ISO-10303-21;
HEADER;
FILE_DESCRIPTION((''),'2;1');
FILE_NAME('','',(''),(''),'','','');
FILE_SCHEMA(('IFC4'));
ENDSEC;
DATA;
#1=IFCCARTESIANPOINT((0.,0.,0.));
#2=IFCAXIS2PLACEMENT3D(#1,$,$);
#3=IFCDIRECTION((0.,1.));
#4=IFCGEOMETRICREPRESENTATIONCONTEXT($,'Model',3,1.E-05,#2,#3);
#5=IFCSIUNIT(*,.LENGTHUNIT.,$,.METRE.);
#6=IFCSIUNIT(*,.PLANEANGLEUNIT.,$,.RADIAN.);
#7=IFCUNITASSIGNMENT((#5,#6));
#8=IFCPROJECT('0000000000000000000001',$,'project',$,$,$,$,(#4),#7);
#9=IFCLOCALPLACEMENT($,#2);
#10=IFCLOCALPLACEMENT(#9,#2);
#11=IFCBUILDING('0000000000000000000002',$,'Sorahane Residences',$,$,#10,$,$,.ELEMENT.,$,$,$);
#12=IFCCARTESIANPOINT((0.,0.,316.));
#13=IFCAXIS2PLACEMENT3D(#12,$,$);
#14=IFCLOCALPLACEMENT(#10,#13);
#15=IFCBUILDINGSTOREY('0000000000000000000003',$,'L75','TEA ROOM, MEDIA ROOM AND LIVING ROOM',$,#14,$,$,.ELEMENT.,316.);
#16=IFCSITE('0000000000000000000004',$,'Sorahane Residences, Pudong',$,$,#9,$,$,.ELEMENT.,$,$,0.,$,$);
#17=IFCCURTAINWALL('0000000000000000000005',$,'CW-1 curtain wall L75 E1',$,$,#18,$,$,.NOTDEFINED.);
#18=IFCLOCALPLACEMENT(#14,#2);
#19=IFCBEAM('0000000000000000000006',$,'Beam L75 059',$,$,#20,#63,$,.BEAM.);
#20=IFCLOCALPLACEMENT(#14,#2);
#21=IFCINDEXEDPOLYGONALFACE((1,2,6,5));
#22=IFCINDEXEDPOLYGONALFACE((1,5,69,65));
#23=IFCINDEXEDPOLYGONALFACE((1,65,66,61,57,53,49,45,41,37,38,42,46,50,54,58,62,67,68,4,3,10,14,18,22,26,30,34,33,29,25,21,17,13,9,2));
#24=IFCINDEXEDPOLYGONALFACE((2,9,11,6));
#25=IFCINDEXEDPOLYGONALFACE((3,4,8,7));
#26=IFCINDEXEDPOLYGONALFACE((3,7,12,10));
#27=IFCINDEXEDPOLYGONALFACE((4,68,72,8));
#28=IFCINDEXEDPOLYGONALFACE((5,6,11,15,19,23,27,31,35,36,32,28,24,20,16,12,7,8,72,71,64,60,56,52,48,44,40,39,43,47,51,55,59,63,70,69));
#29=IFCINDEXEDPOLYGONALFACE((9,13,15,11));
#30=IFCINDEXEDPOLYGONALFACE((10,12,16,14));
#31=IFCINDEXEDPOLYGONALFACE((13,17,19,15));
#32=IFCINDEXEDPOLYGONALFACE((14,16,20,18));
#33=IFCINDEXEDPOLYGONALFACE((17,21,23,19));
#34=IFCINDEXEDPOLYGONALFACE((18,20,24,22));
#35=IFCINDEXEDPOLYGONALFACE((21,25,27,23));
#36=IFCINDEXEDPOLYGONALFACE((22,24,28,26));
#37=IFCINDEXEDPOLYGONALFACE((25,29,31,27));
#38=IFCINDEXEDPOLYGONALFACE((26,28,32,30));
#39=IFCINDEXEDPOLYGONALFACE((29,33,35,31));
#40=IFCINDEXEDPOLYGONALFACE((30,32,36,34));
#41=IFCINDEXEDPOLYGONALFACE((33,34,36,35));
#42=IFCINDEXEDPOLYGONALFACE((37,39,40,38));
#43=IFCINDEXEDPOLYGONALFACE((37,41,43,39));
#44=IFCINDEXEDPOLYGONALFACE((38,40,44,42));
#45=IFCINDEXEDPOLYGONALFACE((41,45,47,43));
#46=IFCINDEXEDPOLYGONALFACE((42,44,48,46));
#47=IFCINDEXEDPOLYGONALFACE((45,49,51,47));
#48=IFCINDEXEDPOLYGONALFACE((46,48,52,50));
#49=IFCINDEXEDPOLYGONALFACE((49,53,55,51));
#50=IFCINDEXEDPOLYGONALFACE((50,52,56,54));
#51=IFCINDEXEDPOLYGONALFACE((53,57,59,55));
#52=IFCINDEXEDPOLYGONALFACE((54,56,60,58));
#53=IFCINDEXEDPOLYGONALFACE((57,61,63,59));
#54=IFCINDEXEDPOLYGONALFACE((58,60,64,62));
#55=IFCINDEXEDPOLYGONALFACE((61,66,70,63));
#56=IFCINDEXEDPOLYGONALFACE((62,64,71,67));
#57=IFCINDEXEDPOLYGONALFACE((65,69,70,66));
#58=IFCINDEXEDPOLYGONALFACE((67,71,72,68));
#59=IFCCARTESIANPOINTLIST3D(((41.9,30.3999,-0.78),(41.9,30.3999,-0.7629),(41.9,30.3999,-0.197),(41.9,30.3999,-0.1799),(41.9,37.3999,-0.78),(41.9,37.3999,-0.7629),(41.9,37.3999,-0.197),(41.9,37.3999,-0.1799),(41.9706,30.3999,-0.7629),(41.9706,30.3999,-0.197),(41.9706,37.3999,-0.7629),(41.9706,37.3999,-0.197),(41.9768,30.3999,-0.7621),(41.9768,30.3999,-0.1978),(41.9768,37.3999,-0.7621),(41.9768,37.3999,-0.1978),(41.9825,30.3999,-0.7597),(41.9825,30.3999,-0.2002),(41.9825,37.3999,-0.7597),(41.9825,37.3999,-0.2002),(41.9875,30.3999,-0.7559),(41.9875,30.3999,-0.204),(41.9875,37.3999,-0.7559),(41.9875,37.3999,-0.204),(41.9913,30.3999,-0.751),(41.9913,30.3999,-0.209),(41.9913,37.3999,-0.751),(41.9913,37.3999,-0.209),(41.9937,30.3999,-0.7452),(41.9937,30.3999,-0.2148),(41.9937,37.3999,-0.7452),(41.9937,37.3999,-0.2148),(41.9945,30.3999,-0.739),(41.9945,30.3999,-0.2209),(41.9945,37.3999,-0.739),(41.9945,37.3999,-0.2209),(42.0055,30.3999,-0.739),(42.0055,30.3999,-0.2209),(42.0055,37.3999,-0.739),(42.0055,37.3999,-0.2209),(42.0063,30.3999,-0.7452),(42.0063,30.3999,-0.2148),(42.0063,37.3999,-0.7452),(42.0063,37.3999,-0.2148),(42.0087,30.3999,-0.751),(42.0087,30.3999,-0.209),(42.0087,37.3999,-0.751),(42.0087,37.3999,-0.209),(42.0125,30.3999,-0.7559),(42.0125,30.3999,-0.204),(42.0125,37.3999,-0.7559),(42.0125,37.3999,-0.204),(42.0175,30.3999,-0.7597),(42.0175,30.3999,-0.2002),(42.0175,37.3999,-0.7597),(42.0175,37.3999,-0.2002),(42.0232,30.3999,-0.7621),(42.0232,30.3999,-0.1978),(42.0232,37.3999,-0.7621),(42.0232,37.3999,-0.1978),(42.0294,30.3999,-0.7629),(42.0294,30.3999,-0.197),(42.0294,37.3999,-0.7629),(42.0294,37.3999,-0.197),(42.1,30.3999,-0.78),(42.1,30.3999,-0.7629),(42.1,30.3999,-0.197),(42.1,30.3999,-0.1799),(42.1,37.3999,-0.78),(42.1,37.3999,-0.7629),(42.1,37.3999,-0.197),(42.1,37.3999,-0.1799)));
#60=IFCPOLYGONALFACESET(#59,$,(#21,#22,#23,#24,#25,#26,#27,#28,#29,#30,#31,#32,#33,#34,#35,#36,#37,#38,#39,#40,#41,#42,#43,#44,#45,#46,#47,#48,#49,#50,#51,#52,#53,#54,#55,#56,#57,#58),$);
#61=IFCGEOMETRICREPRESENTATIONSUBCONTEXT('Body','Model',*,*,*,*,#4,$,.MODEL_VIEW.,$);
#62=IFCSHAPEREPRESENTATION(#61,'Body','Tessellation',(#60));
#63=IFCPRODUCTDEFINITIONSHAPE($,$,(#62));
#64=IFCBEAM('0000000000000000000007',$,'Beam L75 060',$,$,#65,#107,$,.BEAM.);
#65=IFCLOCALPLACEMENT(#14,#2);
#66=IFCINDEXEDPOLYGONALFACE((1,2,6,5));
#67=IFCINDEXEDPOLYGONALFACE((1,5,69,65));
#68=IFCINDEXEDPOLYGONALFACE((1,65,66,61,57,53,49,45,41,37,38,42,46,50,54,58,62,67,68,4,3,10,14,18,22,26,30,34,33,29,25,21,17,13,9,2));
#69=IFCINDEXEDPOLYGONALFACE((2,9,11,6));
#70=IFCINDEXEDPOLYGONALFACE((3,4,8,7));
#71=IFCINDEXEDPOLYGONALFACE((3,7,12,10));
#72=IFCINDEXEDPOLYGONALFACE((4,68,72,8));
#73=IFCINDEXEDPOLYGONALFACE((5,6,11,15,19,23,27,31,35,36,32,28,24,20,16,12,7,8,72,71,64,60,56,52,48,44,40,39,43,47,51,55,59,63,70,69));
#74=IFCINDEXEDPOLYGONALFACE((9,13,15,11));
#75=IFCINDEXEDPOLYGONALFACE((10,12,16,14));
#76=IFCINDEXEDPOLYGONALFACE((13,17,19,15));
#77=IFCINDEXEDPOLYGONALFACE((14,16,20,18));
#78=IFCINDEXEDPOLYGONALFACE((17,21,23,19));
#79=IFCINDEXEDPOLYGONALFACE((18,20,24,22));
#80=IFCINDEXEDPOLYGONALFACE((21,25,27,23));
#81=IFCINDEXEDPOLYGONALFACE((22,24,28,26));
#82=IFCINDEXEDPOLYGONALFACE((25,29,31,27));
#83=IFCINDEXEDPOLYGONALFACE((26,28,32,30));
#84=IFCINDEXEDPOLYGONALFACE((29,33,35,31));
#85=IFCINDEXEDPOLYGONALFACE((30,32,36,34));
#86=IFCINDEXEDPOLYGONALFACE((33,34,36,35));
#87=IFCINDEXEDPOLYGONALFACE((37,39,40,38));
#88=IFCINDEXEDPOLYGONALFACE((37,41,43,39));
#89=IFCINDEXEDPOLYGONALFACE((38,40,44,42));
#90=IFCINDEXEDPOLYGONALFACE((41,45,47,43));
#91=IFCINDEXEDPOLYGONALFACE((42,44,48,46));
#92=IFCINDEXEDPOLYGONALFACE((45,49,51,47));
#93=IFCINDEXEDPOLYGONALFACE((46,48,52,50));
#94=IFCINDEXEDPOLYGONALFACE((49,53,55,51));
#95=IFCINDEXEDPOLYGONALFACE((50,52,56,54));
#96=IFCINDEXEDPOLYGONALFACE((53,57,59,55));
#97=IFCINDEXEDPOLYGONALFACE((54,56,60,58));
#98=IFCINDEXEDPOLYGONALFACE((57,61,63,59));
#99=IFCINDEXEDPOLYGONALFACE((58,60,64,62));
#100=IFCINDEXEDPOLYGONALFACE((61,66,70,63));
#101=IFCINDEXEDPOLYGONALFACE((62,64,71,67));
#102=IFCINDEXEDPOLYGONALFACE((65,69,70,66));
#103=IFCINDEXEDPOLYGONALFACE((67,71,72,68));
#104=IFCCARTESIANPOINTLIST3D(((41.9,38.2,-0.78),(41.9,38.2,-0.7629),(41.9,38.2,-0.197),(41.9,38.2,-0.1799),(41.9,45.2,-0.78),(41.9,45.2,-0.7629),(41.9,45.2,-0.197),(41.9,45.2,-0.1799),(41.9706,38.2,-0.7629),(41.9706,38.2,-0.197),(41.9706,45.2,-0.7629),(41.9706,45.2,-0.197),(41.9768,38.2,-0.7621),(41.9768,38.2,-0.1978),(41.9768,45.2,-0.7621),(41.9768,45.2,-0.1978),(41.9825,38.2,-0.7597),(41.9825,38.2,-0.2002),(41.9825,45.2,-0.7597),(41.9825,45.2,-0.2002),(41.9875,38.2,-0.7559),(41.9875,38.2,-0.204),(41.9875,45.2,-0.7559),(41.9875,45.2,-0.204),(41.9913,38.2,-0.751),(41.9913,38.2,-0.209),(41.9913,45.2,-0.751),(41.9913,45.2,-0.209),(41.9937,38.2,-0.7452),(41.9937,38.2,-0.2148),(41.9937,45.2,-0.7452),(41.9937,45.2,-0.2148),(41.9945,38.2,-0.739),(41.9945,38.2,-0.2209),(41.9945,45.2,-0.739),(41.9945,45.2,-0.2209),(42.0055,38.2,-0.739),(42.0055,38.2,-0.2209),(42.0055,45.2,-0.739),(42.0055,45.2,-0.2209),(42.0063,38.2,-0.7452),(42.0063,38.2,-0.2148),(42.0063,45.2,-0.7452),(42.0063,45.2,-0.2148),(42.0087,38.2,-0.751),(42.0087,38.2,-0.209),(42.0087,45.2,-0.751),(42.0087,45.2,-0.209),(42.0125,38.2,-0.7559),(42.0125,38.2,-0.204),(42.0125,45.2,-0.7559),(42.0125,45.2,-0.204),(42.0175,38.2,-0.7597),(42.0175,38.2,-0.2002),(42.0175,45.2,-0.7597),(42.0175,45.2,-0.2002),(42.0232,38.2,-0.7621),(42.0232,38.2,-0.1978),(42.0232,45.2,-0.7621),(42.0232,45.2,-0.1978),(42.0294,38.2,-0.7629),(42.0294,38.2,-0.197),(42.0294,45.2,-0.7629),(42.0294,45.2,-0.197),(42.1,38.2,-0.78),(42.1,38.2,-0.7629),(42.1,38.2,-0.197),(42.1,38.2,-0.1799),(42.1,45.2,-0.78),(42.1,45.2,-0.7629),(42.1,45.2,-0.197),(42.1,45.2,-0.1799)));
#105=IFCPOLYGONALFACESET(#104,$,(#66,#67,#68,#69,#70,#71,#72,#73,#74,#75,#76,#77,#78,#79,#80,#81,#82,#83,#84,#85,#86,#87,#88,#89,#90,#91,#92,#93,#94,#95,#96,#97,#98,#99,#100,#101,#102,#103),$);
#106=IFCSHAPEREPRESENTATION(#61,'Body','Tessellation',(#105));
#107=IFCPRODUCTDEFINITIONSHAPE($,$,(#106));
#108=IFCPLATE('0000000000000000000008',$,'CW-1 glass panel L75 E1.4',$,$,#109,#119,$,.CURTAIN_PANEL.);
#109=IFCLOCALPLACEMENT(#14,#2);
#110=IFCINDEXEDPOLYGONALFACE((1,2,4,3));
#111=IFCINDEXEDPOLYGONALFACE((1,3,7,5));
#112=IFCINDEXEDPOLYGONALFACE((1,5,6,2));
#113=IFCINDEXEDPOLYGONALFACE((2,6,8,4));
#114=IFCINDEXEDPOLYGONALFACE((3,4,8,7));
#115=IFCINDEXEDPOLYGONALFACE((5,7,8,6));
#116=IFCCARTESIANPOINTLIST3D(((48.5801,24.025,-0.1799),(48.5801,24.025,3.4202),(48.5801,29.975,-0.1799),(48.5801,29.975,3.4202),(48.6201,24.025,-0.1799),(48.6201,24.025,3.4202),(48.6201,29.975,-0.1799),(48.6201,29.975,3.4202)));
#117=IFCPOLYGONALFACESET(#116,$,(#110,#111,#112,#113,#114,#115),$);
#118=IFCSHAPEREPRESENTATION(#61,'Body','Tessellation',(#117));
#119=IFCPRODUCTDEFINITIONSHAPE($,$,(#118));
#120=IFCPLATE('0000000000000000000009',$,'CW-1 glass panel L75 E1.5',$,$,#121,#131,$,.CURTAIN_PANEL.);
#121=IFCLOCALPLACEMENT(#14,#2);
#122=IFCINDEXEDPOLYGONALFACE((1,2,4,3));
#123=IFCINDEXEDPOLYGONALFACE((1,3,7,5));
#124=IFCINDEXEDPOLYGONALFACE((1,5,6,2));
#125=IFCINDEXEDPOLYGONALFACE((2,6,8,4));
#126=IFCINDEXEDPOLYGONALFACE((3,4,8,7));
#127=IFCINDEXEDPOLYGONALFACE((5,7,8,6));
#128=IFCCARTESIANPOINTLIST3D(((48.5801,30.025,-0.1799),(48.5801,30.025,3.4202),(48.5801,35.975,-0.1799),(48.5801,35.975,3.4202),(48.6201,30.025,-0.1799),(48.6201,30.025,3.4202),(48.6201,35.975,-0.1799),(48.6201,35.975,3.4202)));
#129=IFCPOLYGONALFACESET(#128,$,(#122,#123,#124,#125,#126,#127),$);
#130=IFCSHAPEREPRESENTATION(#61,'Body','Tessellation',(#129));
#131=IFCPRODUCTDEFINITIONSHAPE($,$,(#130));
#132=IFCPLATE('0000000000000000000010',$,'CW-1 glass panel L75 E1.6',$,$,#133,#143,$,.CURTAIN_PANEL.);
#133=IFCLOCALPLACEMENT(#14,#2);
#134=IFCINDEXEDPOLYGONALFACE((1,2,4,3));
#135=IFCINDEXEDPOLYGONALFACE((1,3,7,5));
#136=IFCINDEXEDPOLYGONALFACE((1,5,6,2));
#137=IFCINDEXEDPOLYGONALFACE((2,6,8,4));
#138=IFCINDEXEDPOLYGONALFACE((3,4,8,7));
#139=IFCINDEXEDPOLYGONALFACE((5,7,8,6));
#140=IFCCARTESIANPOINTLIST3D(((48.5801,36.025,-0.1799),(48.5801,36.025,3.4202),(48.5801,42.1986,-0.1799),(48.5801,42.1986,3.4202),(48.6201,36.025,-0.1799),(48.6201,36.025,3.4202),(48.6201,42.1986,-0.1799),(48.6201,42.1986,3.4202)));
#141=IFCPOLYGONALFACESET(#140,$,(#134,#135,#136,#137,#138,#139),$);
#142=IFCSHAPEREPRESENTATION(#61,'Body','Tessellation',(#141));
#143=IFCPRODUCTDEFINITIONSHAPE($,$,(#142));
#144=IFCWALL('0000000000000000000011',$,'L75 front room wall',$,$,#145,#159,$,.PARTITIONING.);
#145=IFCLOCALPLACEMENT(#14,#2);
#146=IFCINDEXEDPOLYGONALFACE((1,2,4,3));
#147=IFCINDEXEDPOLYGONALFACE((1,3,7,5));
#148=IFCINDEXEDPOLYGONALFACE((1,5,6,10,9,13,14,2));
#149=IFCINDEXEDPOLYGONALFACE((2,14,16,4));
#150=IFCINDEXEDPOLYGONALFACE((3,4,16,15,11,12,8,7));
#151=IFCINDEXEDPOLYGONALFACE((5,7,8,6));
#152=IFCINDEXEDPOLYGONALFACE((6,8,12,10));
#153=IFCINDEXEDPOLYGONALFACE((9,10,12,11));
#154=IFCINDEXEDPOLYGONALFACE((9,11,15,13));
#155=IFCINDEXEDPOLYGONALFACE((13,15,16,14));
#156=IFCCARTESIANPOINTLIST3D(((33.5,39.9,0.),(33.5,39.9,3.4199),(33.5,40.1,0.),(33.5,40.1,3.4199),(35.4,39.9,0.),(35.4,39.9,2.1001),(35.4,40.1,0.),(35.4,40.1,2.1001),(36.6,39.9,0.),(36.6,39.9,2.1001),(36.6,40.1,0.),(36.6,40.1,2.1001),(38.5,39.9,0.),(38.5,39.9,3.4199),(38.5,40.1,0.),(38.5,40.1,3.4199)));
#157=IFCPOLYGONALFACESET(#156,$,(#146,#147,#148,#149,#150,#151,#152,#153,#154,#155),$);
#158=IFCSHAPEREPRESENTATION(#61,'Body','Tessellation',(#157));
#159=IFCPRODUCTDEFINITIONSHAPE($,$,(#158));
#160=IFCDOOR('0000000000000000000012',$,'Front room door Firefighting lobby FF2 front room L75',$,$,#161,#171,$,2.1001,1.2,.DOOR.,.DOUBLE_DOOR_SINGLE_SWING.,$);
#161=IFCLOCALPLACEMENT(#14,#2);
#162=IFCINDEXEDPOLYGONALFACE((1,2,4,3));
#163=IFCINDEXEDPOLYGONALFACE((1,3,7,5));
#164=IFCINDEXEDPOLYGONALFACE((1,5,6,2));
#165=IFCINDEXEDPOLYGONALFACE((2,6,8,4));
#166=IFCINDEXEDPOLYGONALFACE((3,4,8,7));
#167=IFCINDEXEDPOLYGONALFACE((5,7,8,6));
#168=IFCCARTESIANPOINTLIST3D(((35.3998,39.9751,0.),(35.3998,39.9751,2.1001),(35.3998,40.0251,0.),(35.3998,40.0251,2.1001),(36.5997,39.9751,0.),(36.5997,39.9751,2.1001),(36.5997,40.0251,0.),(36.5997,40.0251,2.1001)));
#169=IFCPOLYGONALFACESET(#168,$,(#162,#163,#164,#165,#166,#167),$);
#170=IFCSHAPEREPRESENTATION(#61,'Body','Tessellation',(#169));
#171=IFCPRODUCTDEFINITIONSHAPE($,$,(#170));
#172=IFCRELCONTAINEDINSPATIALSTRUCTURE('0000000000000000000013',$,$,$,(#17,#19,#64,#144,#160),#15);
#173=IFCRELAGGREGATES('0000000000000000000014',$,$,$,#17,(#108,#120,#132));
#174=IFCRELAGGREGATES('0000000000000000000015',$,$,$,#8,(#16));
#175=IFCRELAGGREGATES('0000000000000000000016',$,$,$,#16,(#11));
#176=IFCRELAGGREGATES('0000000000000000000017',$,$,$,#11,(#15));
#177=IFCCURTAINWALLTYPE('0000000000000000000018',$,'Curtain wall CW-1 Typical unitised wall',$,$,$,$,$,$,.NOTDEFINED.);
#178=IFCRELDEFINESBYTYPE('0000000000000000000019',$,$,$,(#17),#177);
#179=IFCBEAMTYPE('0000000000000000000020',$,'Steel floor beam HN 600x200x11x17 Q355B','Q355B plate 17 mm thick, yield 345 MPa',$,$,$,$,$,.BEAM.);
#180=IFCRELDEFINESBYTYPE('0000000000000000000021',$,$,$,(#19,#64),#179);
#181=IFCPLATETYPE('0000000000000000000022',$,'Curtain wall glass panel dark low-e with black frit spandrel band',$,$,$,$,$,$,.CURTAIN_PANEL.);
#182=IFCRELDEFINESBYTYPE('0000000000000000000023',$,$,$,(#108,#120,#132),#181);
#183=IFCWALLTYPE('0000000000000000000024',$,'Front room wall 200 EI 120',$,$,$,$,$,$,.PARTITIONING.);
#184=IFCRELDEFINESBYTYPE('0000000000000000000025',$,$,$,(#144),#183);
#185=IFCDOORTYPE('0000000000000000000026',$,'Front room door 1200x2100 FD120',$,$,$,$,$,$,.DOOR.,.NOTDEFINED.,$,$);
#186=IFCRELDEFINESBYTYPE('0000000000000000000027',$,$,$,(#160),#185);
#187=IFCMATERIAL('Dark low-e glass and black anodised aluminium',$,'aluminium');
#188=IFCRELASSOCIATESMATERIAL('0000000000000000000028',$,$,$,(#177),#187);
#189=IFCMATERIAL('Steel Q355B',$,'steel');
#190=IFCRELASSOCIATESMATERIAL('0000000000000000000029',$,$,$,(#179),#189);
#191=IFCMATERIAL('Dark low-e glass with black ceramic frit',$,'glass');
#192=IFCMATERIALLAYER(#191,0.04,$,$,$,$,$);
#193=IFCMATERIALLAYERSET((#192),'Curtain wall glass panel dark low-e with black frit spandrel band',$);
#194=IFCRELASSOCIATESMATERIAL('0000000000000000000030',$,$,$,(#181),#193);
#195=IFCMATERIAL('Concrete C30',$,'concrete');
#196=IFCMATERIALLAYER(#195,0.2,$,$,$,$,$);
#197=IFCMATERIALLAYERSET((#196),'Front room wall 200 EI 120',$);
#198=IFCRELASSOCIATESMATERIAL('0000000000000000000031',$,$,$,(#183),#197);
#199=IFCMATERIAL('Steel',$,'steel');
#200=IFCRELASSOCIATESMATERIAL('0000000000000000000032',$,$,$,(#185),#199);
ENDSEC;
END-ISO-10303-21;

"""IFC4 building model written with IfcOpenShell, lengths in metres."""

from ifc_helpers import new_model, si_unit, direction, frame, frame_2d, origin, origin_2d, place, context, subcontext, project, spatial, rectangle, i_section, extrude, material, layer, layer_set, material_profile, profile_set, type_object, element, fill, aggregate, save


model = new_model("IFC4")

# Units and contexts
model_context = context("Model", 3, precision=1e-05, world=origin(), true_north=direction((0.0, 1.0)))
body_context = subcontext(model_context, "Body", "Model", "MODEL_VIEW")
ifc_project = project(units=[si_unit("LENGTHUNIT", "METRE"), si_unit("PLANEANGLEUNIT", "RADIAN")], contexts=[model_context])

# Site, building, storey
site_placement = place(None, origin())
site = spatial("IfcSite", under=ifc_project, at=site_placement, Name="Sorahane Residences, Pudong", CompositionType="ELEMENT", RefElevation=0.0)
building_placement = place(site_placement, origin())
building = spatial("IfcBuilding", under=site, at=building_placement, Name="Sorahane Residences", CompositionType="ELEMENT")
storey_placement = place(building_placement, frame((0.0, 0.0, 316.0)))
storey = spatial("IfcBuildingStorey", under=building, at=storey_placement, Name="L75", Description="TEA ROOM, MEDIA ROOM AND LIVING ROOM", CompositionType="ELEMENT", Elevation=316.0)

# Curtain wall
ifc_material_1 = material(Name="Dark low-e glass and black anodised aluminium", Category="aluminium")
curtain_wall_type = type_object("IfcCurtainWallType", Name="Curtain wall CW-1 Typical unitised wall", PredefinedType="NOTDEFINED", material=ifc_material_1)
curtain_wall_placement = place(storey_placement, origin())
curtain_wall = element("IfcCurtainWall", 1, at=curtain_wall_placement, inside=storey, type_object=curtain_wall_type, Name="CW-1 curtain wall L75 E1", PredefinedType="NOTDEFINED")

# Beams
ifc_material_2 = material(Name="Steel Q355B", Category="steel")
ifc_material_profile_1 = material_profile(ifc_material_2, i_section(OverallWidth=0.2, OverallDepth=0.6001, WebThickness=0.011, FlangeThickness=0.0171, FilletRadius=0.0239, at=origin_2d()), Name="HN 600x200x11x17")
ifc_profile_set_1 = profile_set([ifc_material_profile_1], Name="Steel Q355B")
beam_type_1 = type_object("IfcBeamType", Name="Steel floor beam HN 600x200x11x17 Q355B", Description="Q355B plate 17 mm thick, yield 345 MPa", PredefinedType="BEAM", material=ifc_profile_set_1)
for number, where, z_axis, x_axis, name in (
    (2, (42.0, 30.3999, -0.48), (0.0, 1.0, 0.0), (-1.0, 0.0, 0.0), "Beam L75 059"),
    (3, (42.0, 38.2, -0.48), (0.0, 1.0, 0.0), (-1.0, 0.0, 0.0), "Beam L75 060"),
):
    element("IfcBeam", number, at=place(storey_placement, frame(where, z_axis=z_axis, x_axis=x_axis)), inside=storey, type_object=beam_type_1, Name=name, PredefinedType="BEAM", context=body_context, shape_type="SweptSolid", body=[
        extrude(i_section(OverallWidth=0.2, OverallDepth=0.6001, WebThickness=0.011, FlangeThickness=0.0171, FilletRadius=0.0239, at=origin_2d()), origin(), (0.0, 0.0, 1.0), 7.0),
    ])

# Plates
ifc_material_3 = material(Name="Dark low-e glass with black ceramic frit", Category="glass")
ifc_layer_1 = layer(ifc_material_3, 0.04)
ifc_layer_set_1 = layer_set([ifc_layer_1], Name="Curtain wall glass panel dark low-e with black frit spandrel band")
plate_type = type_object("IfcPlateType", Name="Curtain wall glass panel dark low-e with black frit spandrel band", PredefinedType="CURTAIN_PANEL", material=ifc_layer_set_1)
plate_1_placement = place(storey_placement, frame((48.6001, 27.0, -0.1799), z_axis=(0.0, 0.0, 1.0), x_axis=(0.0, 1.0, 0.0)))
plate_1 = element("IfcPlate", 4, at=plate_1_placement, type_object=plate_type, Name="CW-1 glass panel L75 E1.4", PredefinedType="CURTAIN_PANEL", context=body_context, shape_type="SweptSolid", body=[
    extrude(rectangle(XDim=5.95, YDim=0.04, at=origin_2d()), origin(), (0.0, 0.0, 1.0), 3.6001),
])
plate_2_placement = place(storey_placement, frame((48.6001, 33.0, -0.1799), z_axis=(0.0, 0.0, 1.0), x_axis=(0.0, 1.0, 0.0)))
plate_2 = element("IfcPlate", 5, at=plate_2_placement, type_object=plate_type, Name="CW-1 glass panel L75 E1.5", PredefinedType="CURTAIN_PANEL", context=body_context, shape_type="SweptSolid", body=[
    extrude(rectangle(XDim=5.95, YDim=0.04, at=origin_2d()), origin(), (0.0, 0.0, 1.0), 3.6001),
])
plate_3_placement = place(storey_placement, frame((48.6001, 39.1118, -0.1799), z_axis=(0.0, 0.0, 1.0), x_axis=(0.0, 1.0, 0.0)))
plate_3 = element("IfcPlate", 6, at=plate_3_placement, type_object=plate_type, Name="CW-1 glass panel L75 E1.6", PredefinedType="CURTAIN_PANEL", context=body_context, shape_type="SweptSolid", body=[
    extrude(rectangle(XDim=6.1736, YDim=0.04, at=origin_2d()), origin(), (0.0, 0.0, 1.0), 3.6001),
])
aggregate(curtain_wall, [plate_1, plate_2, plate_3])

# Wall, opening, door
ifc_material_4 = material(Name="Concrete C30", Category="concrete")
ifc_layer_2 = layer(ifc_material_4, 0.2)
ifc_layer_set_2 = layer_set([ifc_layer_2], Name="Front room wall 200 EI 120")
wall_type_1 = type_object("IfcWallType", Name="Front room wall 200 EI 120", PredefinedType="PARTITIONING", material=ifc_layer_set_2)
wall_1_placement = place(storey_placement, frame((33.5, 40.0, 0.0), z_axis=(0.0, 0.0, 1.0), x_axis=(1.0, 0.0, 0.0)))
wall_1 = element("IfcWall", 7, at=wall_1_placement, inside=storey, type_object=wall_type_1, Name="L75 front room wall", PredefinedType="PARTITIONING", context=body_context, shape_type="SweptSolid", body=[
    extrude(rectangle(XDim=5.0, YDim=0.2, at=frame_2d((2.5, 0.0))), origin(), (0.0, 0.0, 1.0), 3.4199),
])
opening_1_placement = place(wall_1_placement, frame((1.8999, 0.0, 0.0)))
opening_1 = element("IfcOpeningElement", 8, at=opening_1_placement, cuts=wall_1, PredefinedType="OPENING", context=body_context, shape_type="SweptSolid", body=[
    extrude(rectangle(XDim=1.2, YDim=2.1001, at=frame_2d((0.6001, 1.05))), frame((0.0, 0.1099, 0.0), z_axis=(0.0, -1.0, 0.0), x_axis=(1.0, 0.0, 0.0)), (0.0, 0.0, 1.0), 0.22),
])
ifc_material_5 = material(Name="Steel", Category="steel")
door_type_1 = type_object("IfcDoorType", Name="Front room door 1200x2100 FD120", OperationType="NOTDEFINED", PredefinedType="DOOR", material=ifc_material_5)
door_1_placement = place(opening_1_placement, frame((1.2, 0.0, 0.0), z_axis=(0.0, 0.0, 1.0), x_axis=(-1.0, 0.0, 0.0)))
door_1 = element("IfcDoor", 9, at=door_1_placement, inside=storey, type_object=door_type_1, Name="Front room door Firefighting lobby FF2 front room L75", OperationType="DOUBLE_DOOR_SINGLE_SWING", OverallHeight=2.1001, OverallWidth=1.2, PredefinedType="DOOR", context=body_context, shape_type="SweptSolid", body=[
    extrude(rectangle(XDim=1.2, YDim=2.1001, at=frame_2d((0.6001, 1.05))), frame((0.0, 0.0249, 0.0), z_axis=(0.0, -1.0, 0.0), x_axis=(1.0, 0.0, 0.0)), (0.0, 0.0, 1.0), 0.05),
])
fill(opening_1, door_1)

save(model, "model.ifc")
